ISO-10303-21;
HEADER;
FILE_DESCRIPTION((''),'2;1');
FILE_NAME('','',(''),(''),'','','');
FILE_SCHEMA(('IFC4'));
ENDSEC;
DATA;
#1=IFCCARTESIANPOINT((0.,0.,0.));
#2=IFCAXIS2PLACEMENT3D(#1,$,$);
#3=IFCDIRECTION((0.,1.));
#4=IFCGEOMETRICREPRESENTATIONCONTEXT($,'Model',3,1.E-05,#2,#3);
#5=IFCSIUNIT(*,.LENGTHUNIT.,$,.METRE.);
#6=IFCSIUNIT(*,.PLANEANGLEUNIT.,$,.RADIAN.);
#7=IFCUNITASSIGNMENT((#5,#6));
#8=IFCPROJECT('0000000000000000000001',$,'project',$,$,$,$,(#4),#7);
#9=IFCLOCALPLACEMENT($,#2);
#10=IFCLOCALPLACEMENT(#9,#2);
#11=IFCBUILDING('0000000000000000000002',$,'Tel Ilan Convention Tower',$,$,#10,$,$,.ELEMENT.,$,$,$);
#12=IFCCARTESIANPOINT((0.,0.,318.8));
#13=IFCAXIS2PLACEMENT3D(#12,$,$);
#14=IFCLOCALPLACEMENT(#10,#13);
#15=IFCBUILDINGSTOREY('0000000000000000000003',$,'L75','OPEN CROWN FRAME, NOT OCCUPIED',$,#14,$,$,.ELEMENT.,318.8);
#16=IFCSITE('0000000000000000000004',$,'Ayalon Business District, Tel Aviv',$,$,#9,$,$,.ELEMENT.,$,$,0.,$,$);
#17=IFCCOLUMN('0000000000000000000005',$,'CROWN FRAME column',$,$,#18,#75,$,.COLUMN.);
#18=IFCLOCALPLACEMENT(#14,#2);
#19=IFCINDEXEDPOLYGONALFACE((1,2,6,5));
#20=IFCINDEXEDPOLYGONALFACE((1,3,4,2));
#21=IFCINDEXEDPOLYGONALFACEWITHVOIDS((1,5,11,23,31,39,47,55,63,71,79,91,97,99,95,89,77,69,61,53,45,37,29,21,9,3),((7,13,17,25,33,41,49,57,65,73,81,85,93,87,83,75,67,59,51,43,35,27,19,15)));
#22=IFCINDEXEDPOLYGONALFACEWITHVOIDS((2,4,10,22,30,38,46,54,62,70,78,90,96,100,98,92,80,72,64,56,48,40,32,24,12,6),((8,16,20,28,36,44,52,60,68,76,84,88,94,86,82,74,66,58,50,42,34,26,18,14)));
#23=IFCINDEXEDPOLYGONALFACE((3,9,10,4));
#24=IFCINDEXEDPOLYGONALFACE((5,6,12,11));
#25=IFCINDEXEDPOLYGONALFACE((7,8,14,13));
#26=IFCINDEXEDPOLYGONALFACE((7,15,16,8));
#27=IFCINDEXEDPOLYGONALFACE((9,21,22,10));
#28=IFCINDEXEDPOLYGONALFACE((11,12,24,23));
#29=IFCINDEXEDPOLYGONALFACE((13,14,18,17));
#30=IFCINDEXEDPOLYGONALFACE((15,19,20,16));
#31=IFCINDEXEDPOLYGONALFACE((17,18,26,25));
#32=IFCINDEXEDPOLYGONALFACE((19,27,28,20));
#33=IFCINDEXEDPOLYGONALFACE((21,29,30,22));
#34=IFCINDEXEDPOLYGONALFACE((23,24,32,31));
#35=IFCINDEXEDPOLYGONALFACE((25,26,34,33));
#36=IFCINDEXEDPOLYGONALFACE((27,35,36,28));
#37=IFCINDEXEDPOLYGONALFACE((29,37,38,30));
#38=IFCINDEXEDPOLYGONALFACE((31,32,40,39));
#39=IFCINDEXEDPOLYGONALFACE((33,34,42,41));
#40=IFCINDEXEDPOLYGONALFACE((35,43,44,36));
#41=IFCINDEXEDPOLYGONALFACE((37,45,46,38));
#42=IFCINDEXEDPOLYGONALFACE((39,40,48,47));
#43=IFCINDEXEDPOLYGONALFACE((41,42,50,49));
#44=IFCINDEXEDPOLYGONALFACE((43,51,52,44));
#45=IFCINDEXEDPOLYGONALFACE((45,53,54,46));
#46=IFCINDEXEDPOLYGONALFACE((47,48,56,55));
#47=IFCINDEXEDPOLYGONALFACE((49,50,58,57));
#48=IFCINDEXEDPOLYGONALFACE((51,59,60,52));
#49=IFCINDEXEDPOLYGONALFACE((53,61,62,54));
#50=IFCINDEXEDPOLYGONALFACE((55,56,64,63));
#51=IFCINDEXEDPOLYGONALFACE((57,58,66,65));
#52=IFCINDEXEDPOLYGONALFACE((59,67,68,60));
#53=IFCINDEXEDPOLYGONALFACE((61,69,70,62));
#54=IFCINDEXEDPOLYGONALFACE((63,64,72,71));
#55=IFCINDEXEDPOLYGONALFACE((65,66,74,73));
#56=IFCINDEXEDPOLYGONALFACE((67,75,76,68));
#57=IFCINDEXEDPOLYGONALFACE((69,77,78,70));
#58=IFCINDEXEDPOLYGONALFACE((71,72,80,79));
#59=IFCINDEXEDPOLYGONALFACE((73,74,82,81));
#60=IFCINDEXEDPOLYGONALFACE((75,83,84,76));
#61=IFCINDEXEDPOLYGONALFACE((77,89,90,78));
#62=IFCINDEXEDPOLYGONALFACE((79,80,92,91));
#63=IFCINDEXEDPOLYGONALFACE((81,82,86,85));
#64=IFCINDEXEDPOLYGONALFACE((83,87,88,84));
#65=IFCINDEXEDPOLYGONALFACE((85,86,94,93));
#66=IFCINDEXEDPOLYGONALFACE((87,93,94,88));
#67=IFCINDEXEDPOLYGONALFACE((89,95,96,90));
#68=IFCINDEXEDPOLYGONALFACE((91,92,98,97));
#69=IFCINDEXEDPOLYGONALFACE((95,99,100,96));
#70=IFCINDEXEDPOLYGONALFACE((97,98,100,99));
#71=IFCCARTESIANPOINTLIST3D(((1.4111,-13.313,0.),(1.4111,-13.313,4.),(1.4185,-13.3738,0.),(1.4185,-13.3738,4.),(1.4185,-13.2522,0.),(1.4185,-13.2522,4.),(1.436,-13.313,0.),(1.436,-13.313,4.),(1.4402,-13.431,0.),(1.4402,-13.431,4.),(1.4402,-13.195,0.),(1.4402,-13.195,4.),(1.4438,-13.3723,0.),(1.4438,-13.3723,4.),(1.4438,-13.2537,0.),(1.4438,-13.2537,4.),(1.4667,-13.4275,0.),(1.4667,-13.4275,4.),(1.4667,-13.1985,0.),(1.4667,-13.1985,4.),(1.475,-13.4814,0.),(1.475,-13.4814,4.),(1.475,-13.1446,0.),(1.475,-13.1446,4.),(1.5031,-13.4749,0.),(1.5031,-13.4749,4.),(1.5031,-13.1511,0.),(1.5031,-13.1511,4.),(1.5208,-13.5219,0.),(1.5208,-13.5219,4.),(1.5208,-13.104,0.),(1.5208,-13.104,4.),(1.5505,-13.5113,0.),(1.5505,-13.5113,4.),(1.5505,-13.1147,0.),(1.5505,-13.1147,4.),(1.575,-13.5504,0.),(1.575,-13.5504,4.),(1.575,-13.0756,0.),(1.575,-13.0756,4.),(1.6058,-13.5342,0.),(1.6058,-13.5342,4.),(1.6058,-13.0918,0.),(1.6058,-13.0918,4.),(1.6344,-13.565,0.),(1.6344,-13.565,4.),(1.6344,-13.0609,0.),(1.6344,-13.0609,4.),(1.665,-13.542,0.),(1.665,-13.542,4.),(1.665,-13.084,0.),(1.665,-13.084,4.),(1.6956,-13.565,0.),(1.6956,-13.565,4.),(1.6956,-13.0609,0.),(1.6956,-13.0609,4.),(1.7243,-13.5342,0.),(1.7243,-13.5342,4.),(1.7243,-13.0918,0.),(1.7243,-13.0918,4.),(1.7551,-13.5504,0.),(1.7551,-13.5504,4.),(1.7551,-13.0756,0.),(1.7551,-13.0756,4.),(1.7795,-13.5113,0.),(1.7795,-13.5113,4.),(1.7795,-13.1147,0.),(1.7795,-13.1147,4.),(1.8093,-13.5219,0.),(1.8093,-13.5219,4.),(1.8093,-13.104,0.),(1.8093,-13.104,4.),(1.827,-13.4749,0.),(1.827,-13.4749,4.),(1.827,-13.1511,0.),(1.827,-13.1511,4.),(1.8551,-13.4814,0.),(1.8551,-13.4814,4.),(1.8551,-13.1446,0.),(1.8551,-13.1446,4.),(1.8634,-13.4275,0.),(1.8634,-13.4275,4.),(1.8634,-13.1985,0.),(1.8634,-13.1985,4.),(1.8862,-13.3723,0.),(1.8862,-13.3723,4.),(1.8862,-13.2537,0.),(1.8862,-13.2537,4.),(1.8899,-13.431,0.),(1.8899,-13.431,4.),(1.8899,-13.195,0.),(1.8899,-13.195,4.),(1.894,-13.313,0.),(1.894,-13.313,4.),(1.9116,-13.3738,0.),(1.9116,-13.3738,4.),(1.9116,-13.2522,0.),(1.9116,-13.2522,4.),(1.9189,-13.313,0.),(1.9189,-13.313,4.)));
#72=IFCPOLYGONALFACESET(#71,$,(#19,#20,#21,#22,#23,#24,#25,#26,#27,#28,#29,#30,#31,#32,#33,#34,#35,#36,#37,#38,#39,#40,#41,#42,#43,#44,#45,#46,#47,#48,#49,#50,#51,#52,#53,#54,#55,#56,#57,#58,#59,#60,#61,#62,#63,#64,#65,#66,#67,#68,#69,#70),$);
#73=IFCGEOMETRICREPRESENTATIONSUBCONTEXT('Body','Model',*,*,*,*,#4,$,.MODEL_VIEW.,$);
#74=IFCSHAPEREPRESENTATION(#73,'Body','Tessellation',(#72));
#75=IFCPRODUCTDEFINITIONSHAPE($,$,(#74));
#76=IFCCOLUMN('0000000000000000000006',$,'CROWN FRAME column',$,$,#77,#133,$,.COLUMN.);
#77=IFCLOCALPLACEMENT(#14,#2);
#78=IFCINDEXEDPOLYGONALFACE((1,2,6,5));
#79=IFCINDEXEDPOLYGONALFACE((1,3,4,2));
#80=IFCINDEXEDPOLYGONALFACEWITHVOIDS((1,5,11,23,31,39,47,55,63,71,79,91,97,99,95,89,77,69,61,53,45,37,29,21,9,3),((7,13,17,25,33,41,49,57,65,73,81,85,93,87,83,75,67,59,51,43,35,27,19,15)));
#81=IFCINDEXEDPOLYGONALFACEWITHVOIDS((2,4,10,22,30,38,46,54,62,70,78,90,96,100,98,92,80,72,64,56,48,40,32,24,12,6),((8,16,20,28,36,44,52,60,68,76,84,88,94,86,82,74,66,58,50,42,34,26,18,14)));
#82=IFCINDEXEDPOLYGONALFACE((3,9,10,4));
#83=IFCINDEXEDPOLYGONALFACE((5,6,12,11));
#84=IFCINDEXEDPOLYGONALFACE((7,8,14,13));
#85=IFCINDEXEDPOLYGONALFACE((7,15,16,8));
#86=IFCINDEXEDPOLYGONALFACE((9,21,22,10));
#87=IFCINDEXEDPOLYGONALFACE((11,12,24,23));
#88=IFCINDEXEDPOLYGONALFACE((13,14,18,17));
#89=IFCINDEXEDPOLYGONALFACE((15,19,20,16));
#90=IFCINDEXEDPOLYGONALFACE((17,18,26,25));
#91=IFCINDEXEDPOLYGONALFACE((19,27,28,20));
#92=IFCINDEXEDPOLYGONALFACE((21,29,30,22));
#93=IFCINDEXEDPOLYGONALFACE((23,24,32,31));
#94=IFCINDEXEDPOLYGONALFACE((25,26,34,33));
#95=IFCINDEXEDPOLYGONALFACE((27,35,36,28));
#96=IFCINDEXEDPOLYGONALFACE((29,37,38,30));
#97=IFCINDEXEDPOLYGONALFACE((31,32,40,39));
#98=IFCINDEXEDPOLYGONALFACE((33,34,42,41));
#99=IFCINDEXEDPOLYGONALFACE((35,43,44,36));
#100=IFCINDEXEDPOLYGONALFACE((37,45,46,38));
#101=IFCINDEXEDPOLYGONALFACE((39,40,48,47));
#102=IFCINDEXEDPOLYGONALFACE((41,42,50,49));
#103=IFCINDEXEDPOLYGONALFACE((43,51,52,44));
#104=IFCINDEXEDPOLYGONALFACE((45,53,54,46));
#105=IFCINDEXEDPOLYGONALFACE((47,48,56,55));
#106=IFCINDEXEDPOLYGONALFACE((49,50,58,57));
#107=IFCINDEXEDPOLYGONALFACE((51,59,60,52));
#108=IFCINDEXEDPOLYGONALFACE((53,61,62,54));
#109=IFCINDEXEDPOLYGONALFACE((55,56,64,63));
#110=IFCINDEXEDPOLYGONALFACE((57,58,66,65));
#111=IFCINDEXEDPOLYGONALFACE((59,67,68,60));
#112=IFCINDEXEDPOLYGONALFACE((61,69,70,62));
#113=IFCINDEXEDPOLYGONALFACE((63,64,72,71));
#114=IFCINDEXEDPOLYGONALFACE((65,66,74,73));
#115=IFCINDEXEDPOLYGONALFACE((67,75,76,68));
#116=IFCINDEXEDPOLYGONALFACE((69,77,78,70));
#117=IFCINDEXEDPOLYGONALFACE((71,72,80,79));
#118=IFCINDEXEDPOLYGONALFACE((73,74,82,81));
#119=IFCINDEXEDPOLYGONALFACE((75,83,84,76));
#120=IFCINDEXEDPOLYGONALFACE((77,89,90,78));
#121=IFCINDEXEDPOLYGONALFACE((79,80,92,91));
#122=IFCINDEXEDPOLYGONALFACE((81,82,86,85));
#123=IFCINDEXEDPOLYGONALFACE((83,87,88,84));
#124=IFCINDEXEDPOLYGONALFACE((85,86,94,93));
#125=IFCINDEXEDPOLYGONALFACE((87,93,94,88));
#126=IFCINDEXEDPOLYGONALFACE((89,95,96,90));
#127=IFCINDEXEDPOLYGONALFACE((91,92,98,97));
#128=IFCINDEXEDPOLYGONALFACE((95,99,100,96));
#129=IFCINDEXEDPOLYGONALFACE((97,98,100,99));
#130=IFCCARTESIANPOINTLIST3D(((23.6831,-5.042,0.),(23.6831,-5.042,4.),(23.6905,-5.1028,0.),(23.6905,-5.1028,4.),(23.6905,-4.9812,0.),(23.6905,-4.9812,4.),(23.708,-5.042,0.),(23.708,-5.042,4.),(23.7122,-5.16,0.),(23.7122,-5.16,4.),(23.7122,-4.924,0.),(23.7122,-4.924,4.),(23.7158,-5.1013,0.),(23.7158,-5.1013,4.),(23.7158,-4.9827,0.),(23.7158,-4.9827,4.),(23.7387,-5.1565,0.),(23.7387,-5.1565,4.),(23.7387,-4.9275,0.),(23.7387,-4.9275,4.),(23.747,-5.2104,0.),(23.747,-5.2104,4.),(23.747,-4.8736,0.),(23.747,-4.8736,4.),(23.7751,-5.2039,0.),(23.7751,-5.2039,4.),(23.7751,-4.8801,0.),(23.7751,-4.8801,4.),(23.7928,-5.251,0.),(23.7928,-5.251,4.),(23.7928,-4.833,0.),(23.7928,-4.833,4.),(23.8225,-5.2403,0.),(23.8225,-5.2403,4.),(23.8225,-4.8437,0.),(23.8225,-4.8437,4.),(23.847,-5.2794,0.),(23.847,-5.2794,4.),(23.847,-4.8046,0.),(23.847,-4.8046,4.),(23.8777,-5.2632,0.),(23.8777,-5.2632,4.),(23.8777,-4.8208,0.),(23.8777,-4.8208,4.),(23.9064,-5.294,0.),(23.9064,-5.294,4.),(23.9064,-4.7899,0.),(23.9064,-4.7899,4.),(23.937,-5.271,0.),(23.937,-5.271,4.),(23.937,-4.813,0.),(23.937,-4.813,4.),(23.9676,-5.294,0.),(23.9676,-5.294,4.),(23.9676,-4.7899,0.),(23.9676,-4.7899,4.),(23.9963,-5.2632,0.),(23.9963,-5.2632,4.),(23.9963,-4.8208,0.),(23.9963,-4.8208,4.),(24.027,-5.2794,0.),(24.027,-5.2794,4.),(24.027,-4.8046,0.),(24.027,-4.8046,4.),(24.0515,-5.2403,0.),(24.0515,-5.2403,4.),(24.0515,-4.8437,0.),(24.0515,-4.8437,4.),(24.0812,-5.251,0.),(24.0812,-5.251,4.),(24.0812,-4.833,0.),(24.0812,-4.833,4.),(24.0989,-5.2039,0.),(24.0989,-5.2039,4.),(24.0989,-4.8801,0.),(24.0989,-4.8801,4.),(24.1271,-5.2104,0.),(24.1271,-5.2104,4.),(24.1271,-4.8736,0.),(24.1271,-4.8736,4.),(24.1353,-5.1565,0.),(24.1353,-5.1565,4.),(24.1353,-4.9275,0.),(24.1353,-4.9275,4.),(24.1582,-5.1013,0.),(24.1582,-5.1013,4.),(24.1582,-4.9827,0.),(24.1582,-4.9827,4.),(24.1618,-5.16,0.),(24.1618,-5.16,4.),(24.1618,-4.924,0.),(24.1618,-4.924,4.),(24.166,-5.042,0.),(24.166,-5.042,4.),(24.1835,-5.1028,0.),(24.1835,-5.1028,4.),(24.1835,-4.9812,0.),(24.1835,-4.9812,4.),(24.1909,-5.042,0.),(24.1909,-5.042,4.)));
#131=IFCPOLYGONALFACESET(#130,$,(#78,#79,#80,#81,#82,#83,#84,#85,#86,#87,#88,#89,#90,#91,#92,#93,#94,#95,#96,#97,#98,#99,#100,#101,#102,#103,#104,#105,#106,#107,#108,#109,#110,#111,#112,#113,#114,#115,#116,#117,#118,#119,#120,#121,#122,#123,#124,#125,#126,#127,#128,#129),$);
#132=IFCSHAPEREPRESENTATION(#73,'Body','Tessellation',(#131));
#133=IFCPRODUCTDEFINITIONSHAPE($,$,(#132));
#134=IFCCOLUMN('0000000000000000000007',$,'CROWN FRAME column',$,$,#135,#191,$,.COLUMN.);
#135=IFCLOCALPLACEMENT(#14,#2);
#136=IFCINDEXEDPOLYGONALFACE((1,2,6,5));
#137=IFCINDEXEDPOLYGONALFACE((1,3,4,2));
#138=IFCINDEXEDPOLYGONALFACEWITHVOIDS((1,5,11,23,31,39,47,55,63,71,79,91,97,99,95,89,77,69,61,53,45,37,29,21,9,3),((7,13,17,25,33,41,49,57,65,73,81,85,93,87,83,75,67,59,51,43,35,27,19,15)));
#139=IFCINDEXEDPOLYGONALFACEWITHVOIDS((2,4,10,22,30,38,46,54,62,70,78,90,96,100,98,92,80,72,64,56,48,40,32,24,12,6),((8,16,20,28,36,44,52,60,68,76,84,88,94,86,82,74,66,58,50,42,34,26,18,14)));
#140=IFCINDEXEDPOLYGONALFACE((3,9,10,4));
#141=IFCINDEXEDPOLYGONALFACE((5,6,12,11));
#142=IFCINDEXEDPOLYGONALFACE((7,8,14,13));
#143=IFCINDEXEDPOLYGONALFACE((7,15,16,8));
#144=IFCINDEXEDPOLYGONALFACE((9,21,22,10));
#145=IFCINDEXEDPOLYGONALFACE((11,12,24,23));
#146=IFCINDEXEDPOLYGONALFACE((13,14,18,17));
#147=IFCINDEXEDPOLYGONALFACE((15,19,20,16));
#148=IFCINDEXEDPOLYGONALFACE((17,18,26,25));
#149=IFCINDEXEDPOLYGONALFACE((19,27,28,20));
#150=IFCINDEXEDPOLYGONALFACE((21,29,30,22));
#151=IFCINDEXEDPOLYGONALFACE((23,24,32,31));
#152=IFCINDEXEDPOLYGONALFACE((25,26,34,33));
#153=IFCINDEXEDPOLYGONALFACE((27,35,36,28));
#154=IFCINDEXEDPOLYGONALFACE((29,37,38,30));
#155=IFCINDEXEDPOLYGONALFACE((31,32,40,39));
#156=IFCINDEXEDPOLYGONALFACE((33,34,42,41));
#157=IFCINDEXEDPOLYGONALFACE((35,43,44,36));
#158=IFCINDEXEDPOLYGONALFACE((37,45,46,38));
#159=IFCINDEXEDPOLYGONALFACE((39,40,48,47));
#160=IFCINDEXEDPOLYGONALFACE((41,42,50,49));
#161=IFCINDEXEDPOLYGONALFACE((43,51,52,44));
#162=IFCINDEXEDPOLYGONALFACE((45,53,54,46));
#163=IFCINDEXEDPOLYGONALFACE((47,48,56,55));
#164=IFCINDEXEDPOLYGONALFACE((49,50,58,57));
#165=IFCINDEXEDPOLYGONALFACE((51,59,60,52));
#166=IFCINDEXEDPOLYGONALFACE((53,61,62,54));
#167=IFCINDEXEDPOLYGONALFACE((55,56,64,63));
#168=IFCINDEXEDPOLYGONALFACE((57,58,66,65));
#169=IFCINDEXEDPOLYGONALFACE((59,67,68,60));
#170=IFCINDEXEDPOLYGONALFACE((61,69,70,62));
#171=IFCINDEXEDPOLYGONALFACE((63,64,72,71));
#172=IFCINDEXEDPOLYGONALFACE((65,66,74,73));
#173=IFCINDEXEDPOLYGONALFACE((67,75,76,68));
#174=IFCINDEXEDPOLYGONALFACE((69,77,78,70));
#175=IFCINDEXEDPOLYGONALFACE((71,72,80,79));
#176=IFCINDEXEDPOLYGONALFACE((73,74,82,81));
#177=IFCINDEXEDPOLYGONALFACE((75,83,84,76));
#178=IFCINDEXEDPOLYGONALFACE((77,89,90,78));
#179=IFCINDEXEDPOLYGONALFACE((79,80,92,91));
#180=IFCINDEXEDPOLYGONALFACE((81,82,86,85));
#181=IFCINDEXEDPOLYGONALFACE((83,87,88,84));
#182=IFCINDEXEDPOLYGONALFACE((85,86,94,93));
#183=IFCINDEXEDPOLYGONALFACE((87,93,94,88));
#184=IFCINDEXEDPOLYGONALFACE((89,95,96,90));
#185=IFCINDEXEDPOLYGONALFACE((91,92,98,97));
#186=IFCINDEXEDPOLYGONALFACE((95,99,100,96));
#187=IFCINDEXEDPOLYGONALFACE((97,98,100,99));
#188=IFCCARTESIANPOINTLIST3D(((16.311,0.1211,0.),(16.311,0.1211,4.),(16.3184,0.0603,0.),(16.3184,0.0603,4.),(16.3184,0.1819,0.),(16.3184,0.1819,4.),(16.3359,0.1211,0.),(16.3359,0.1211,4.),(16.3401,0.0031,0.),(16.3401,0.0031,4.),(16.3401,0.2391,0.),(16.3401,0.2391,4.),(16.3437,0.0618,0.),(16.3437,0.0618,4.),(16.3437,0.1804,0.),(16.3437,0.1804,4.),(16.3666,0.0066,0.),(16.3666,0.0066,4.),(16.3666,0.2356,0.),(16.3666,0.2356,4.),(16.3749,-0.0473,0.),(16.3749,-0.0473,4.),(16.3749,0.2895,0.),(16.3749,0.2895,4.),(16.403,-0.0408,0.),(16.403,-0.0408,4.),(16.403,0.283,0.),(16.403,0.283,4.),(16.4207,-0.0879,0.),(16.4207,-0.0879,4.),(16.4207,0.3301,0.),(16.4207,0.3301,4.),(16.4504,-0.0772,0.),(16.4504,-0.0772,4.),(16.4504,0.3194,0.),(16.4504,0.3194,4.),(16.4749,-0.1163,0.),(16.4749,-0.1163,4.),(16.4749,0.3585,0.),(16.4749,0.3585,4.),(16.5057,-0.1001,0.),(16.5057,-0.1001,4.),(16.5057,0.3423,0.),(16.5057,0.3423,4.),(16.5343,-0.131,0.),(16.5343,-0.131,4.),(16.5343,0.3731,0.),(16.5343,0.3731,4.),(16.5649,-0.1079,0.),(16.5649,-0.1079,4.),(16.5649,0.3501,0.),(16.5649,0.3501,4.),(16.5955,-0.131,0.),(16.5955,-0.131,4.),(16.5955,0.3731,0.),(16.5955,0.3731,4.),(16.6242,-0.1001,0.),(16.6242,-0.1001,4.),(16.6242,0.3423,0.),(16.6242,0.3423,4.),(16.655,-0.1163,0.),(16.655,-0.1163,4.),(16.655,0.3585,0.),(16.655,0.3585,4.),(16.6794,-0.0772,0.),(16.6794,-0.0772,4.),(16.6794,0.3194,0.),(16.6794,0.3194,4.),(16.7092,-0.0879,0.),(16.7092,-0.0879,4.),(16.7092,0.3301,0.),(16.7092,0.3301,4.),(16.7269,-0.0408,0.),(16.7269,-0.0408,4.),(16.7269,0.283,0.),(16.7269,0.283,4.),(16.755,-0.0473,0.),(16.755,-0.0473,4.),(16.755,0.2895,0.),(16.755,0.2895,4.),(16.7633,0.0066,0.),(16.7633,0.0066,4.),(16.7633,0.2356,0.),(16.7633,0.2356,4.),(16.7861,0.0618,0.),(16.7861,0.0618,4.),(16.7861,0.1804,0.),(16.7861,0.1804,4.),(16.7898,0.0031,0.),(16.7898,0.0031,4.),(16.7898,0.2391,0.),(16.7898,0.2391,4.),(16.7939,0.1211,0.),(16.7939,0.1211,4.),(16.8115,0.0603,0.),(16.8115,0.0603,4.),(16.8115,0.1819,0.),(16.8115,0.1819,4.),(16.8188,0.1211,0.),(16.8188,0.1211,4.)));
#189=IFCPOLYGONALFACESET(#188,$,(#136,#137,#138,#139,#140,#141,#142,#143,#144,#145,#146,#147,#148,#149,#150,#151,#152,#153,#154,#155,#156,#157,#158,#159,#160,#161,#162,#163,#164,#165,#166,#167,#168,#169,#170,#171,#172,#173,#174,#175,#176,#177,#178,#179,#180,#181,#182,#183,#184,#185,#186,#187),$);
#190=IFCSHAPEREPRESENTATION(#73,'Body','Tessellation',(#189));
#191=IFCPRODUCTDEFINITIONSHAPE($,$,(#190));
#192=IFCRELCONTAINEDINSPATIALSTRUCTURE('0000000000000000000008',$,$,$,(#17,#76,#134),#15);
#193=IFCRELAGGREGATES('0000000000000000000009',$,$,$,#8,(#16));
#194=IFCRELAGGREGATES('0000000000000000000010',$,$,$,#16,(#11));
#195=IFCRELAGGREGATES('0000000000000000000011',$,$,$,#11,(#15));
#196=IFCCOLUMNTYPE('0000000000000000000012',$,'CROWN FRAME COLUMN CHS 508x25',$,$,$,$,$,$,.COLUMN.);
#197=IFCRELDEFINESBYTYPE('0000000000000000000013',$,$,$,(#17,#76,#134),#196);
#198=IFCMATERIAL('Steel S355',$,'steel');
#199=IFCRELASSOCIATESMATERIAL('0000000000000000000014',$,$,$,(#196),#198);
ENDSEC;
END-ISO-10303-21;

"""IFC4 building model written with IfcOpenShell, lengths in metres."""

from ifc_helpers import new_model, si_unit, direction, frame, origin, origin_2d, place, context, subcontext, project, spatial, hollow_circle, extrude, material, material_profile, profile_set, type_object, element, save


model = new_model("IFC4")

# Units and contexts
model_context = context("Model", 3, precision=1e-05, world=origin(), true_north=direction((0.0, 1.0)))
body_context = subcontext(model_context, "Body", "Model", "MODEL_VIEW")
ifc_project = project(units=[si_unit("LENGTHUNIT", "METRE"), si_unit("PLANEANGLEUNIT", "RADIAN")], contexts=[model_context])

# Site, building, storey
site_placement = place(None, origin())
site = spatial("IfcSite", under=ifc_project, at=site_placement, Name="Ayalon Business District, Tel Aviv", CompositionType="ELEMENT", RefElevation=0.0)
building_placement = place(site_placement, origin())
building = spatial("IfcBuilding", under=site, at=building_placement, Name="Tel Ilan Convention Tower", CompositionType="ELEMENT")
storey_placement = place(building_placement, frame((0.0, 0.0, 318.8)))
storey = spatial("IfcBuildingStorey", under=building, at=storey_placement, Name="L75", Description="OPEN CROWN FRAME, NOT OCCUPIED", CompositionType="ELEMENT", Elevation=318.8)

# Columns
ifc_material_1 = material(Name="Steel S355", Category="steel")
ifc_material_profile_1 = material_profile(ifc_material_1, hollow_circle(Radius=0.2539, WallThickness=0.0249, at=origin_2d()), Name="CHS 508x25")
ifc_profile_set_1 = profile_set([ifc_material_profile_1], Name="Steel S355")
column_type_1 = type_object("IfcColumnType", Name="CROWN FRAME COLUMN CHS 508x25", PredefinedType="COLUMN", material=ifc_profile_set_1)
for number, where, z_axis, x_axis, name in (
    (1, (1.665, -13.313, 0.0), (0.0, 0.0, 1.0), (1.0, 0.0, 0.0), "CROWN FRAME column"),
    (2, (23.937, -5.042, 0.0), (0.0, 0.0, 1.0), (1.0, 0.0, 0.0), "CROWN FRAME column"),
    (3, (16.5649, 0.1211, 0.0), (0.0, 0.0, 1.0), (1.0, 0.0, 0.0), "CROWN FRAME column"),
):
    element("IfcColumn", number, at=place(storey_placement, frame(where, z_axis=z_axis, x_axis=x_axis)), inside=storey, type_object=column_type_1, Name=name, PredefinedType="COLUMN", context=body_context, shape_type="SweptSolid", body=[
        extrude(hollow_circle(Radius=0.2539, WallThickness=0.0249, at=origin_2d()), origin(), (0.0, 0.0, 1.0), 4.0),
    ])

save(model, "model.ifc")
